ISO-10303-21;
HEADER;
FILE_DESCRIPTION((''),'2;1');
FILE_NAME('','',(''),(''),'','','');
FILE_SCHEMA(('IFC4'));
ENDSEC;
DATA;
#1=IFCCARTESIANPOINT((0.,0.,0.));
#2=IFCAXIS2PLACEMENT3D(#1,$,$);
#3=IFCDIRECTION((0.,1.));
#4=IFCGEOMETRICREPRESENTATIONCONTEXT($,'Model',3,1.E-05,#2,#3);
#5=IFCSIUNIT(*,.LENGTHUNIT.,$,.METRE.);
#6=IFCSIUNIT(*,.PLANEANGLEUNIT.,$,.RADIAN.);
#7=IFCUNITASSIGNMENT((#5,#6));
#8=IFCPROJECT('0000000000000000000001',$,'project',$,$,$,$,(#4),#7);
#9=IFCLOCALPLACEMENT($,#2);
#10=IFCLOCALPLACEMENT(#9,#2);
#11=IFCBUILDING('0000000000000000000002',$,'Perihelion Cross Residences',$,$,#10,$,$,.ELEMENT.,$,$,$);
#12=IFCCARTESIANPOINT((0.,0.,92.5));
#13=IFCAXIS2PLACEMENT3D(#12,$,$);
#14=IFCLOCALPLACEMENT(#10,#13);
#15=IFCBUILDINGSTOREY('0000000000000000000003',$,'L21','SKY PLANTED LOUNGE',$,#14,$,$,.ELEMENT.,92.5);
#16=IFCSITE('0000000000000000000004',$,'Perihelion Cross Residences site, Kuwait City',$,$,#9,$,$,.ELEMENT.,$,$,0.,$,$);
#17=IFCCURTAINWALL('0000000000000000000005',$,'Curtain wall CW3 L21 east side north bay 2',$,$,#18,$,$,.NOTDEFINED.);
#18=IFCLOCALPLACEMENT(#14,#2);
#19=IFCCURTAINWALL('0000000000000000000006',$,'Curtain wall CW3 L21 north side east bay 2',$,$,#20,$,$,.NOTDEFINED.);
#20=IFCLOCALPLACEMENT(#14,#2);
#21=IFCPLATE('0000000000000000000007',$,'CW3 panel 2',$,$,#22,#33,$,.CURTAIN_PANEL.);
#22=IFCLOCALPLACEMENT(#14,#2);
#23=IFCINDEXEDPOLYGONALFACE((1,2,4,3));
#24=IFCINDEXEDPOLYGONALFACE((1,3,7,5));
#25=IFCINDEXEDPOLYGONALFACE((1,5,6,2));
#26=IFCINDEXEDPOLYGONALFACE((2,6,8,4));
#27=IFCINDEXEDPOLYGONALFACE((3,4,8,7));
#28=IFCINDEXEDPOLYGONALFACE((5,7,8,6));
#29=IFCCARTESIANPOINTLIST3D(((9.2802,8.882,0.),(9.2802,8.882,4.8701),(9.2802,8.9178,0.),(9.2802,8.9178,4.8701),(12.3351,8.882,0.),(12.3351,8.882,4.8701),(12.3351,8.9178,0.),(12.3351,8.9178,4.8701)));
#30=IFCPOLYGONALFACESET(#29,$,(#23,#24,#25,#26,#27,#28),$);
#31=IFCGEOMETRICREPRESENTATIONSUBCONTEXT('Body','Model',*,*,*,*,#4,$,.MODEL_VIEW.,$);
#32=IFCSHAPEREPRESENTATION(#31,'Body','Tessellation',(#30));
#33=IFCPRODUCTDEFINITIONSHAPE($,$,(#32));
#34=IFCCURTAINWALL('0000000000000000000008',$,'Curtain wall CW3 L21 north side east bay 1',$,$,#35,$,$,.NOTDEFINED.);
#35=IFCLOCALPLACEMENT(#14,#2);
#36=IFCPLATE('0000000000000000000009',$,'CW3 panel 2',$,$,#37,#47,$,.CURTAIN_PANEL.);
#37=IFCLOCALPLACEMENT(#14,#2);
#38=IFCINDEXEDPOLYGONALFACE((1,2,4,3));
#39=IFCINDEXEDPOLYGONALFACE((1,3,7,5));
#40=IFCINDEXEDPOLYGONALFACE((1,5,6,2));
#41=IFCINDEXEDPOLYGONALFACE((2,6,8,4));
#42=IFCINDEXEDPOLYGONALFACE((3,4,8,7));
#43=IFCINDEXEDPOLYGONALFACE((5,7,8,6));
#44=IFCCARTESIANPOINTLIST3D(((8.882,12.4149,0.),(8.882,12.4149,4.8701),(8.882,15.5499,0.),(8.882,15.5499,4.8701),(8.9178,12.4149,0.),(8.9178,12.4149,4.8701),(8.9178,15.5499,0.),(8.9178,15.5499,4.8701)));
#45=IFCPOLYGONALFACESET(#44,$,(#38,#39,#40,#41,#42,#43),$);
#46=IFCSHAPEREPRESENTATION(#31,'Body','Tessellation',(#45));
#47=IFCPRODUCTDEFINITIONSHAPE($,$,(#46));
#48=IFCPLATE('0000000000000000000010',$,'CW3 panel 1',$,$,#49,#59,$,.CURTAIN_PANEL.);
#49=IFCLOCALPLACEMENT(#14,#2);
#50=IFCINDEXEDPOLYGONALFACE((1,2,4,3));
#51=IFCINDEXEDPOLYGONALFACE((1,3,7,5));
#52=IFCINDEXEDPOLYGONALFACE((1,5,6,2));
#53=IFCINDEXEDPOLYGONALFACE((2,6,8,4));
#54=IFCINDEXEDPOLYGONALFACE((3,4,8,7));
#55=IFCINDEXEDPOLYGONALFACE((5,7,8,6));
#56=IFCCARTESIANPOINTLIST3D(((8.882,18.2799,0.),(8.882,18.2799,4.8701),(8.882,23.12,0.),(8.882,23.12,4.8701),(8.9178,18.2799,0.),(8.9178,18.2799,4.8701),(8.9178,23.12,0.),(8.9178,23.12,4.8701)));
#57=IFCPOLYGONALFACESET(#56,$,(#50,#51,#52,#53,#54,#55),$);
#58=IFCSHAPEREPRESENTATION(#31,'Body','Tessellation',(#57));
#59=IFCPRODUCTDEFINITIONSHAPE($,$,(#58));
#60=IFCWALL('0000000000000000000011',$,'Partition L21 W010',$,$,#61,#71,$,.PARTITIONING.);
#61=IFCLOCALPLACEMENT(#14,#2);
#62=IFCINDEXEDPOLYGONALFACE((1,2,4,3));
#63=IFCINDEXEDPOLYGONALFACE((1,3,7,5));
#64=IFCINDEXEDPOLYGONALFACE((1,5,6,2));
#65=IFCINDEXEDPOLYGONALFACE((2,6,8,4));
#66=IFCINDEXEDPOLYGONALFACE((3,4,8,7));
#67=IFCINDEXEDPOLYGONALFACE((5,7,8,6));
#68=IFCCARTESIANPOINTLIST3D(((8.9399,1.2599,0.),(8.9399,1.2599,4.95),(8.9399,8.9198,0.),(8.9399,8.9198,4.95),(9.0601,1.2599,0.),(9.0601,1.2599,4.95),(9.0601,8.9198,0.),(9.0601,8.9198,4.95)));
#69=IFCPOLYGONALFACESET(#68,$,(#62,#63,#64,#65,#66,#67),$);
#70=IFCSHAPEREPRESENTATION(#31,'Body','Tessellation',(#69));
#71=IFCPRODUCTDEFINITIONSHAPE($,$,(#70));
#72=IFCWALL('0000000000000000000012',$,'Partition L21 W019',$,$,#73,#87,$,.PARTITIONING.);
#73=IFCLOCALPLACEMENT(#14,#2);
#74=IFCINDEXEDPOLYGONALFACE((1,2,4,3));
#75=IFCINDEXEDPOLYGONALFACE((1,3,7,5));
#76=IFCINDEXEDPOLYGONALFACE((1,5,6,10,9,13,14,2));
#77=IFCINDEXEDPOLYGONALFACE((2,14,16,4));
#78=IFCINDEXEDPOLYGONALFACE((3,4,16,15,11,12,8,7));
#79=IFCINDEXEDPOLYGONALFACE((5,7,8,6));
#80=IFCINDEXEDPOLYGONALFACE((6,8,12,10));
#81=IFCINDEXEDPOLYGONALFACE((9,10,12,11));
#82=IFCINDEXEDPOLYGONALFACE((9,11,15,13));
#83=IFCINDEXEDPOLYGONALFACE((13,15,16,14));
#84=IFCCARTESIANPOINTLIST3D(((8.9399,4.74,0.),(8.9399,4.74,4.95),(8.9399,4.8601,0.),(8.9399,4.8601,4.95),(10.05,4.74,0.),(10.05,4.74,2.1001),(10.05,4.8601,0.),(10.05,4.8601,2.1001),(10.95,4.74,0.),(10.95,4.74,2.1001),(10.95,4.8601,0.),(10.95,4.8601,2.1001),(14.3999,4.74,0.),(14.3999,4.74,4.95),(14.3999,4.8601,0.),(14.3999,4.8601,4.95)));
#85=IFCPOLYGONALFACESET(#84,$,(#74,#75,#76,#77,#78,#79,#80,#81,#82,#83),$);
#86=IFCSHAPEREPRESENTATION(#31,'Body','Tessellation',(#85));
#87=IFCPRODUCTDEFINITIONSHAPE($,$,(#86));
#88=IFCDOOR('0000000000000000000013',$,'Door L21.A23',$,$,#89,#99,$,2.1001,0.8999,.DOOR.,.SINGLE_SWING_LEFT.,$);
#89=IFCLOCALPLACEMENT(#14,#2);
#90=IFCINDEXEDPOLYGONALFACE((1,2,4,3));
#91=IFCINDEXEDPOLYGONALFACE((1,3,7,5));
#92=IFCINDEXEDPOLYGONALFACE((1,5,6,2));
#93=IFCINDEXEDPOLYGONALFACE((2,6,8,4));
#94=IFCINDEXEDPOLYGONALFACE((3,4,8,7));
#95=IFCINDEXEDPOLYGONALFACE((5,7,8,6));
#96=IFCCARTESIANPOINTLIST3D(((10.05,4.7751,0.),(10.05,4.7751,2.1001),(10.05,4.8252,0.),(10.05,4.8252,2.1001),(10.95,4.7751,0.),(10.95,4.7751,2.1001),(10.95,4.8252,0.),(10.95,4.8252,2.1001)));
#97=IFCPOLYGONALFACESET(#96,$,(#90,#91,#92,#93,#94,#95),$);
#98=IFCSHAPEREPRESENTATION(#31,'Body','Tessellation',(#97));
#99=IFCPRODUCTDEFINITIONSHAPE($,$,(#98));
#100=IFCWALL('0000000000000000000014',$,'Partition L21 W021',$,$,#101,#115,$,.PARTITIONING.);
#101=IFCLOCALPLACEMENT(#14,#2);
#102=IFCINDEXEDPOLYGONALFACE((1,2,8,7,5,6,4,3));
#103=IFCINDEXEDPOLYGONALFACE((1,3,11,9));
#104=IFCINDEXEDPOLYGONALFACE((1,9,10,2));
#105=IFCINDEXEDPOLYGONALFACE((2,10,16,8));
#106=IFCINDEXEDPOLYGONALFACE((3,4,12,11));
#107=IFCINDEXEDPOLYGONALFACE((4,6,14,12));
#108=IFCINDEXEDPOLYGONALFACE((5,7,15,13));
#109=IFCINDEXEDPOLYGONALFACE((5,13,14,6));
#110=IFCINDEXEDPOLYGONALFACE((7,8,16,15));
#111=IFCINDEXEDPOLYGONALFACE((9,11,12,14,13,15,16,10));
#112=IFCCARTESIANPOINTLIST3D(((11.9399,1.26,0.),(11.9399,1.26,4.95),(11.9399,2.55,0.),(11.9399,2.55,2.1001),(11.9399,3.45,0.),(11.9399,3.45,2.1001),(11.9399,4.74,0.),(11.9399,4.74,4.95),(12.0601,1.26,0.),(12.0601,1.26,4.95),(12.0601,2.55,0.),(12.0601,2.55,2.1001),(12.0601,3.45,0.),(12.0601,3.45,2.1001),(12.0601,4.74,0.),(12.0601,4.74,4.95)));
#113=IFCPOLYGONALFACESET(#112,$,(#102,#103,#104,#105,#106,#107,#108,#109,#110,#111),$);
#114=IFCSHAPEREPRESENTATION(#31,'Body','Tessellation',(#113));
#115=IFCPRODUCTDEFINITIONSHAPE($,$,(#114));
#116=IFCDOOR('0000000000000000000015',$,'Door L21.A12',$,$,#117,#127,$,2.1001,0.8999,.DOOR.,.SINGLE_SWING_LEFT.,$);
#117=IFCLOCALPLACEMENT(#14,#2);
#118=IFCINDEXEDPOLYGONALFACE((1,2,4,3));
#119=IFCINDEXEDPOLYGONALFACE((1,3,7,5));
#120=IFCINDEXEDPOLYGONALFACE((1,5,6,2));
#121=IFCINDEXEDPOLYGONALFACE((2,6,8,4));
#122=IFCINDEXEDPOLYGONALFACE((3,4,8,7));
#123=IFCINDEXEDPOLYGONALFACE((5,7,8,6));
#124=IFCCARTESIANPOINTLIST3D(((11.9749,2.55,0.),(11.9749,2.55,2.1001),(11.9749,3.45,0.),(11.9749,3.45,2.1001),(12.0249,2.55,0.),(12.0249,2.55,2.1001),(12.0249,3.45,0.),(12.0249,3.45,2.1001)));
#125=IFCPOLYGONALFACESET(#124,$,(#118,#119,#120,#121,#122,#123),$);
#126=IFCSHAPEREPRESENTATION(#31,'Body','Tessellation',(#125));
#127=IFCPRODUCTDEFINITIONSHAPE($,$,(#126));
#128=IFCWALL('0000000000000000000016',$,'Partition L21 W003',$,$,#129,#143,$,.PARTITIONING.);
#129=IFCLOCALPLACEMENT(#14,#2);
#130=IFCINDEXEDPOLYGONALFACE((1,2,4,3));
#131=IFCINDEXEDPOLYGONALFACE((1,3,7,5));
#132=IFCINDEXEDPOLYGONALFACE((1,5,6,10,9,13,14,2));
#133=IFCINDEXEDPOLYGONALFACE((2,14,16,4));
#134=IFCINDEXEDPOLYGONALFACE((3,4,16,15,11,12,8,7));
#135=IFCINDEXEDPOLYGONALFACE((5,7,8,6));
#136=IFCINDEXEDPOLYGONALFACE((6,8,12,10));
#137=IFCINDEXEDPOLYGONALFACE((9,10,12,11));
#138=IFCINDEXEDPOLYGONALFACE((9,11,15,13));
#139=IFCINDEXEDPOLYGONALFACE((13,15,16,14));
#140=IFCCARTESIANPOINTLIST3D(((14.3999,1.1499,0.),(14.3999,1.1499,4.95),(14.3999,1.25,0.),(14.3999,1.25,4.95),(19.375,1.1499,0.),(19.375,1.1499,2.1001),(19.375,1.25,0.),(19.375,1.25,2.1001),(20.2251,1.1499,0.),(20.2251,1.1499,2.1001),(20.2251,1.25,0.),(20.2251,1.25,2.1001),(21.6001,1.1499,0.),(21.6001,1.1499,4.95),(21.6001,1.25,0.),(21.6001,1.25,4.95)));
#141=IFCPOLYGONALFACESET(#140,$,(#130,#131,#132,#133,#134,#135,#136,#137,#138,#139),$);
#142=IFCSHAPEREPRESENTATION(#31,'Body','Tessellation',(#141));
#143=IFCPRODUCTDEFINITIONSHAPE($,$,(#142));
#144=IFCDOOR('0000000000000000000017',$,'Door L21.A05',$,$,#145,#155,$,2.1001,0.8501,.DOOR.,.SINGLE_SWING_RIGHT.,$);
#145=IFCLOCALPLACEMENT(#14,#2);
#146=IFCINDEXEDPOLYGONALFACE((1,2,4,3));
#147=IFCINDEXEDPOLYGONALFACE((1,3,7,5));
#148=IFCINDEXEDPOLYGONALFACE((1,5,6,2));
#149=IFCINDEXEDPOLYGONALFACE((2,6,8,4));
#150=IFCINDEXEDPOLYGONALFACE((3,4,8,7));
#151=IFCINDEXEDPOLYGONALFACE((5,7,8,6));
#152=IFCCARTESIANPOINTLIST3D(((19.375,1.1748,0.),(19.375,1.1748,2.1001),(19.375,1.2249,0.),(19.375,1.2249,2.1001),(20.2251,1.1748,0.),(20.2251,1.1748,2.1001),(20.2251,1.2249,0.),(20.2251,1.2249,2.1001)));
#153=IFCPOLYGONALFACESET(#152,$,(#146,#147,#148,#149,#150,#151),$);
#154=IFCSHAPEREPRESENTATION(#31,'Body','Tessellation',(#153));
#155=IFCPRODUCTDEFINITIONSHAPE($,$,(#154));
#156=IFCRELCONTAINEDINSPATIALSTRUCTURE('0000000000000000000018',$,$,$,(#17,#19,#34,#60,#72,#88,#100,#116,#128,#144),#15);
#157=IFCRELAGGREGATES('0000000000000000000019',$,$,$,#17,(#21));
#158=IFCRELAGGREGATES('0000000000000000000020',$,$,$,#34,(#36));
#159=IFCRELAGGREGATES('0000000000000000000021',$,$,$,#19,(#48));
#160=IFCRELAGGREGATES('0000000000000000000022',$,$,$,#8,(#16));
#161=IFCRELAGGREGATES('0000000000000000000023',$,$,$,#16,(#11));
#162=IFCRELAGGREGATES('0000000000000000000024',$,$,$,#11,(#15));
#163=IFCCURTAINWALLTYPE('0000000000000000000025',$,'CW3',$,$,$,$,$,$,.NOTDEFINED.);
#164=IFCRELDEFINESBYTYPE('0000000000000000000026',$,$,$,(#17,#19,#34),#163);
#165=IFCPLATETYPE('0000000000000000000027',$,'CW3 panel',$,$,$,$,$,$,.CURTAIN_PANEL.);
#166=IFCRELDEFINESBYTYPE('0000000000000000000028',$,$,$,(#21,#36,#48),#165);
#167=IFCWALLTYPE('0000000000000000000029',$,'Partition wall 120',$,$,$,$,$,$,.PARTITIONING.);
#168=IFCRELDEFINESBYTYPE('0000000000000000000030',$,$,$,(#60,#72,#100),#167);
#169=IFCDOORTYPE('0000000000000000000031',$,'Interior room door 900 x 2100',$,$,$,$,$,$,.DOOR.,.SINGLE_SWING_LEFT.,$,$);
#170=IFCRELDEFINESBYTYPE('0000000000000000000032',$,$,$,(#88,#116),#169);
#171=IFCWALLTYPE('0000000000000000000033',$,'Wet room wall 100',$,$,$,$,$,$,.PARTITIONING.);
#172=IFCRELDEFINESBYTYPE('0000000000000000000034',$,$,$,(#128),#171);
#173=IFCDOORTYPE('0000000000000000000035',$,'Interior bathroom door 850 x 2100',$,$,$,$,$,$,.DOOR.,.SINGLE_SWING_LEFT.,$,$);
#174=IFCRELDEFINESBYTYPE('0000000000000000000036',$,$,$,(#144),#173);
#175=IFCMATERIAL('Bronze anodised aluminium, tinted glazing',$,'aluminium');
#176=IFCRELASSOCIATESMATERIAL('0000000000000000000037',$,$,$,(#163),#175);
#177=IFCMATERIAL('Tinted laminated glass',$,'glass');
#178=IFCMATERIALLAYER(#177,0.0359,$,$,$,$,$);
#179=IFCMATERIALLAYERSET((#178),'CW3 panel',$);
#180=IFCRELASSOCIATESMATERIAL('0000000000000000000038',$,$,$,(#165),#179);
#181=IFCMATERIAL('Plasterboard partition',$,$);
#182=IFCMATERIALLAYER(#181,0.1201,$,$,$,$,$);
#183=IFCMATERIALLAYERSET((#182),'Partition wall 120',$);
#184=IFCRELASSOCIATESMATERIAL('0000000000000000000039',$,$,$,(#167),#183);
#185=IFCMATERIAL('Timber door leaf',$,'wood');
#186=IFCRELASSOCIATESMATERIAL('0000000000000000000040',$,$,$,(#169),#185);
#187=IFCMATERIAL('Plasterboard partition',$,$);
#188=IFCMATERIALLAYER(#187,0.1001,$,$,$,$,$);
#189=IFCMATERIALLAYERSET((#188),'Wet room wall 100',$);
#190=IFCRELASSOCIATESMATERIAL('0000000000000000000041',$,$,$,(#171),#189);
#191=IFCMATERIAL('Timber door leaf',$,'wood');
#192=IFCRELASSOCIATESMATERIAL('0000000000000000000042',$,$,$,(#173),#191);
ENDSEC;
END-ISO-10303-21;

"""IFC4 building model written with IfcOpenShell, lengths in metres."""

from ifc_helpers import new_model, si_unit, direction, frame, frame_2d, origin, origin_2d, place, context, subcontext, project, spatial, rectangle, extrude, material, layer, layer_set, type_object, element, fill, aggregate, save


model = new_model("IFC4")

# Units and contexts
model_context = context("Model", 3, precision=1e-05, world=origin(), true_north=direction((0.0, 1.0)))
body_context = subcontext(model_context, "Body", "Model", "MODEL_VIEW")
ifc_project = project(units=[si_unit("LENGTHUNIT", "METRE"), si_unit("PLANEANGLEUNIT", "RADIAN")], contexts=[model_context])

# Site, building, storey
site_placement = place(None, origin())
site = spatial("IfcSite", under=ifc_project, at=site_placement, Name="Perihelion Cross Residences site, Kuwait City", CompositionType="ELEMENT", RefElevation=0.0)
building_placement = place(site_placement, origin())
building = spatial("IfcBuilding", under=site, at=building_placement, Name="Perihelion Cross Residences", CompositionType="ELEMENT")
storey_placement = place(building_placement, frame((0.0, 0.0, 92.5)))
storey = spatial("IfcBuildingStorey", under=building, at=storey_placement, Name="L21", Description="SKY PLANTED LOUNGE", CompositionType="ELEMENT", Elevation=92.5)

# Shared definitions
ifc_material_1 = material(Name="Bronze anodised aluminium, tinted glazing", Category="aluminium")
curtain_wall_type = type_object("IfcCurtainWallType", Name="CW3", PredefinedType="NOTDEFINED", material=ifc_material_1)

# Curtain walls
curtain_wall_1_placement = place(storey_placement, origin())
curtain_wall_1 = element("IfcCurtainWall", 1, at=curtain_wall_1_placement, inside=storey, type_object=curtain_wall_type, Name="Curtain wall CW3 L21 east side north bay 2", PredefinedType="NOTDEFINED")
curtain_wall_2_placement = place(storey_placement, origin())
curtain_wall_2 = element("IfcCurtainWall", 2, at=curtain_wall_2_placement, inside=storey, type_object=curtain_wall_type, Name="Curtain wall CW3 L21 north side east bay 2", PredefinedType="NOTDEFINED")

# Plate
ifc_material_2 = material(Name="Tinted laminated glass", Category="glass")
ifc_layer_1 = layer(ifc_material_2, 0.0359)
ifc_layer_set_1 = layer_set([ifc_layer_1], Name="CW3 panel")
plate_type = type_object("IfcPlateType", Name="CW3 panel", PredefinedType="CURTAIN_PANEL", material=ifc_layer_set_1)
plate_1_placement = place(storey_placement, frame((10.8076, 8.8999, 0.0), z_axis=(0.0, 0.0, 1.0), x_axis=(-1.0, 0.0, 0.0)))
plate_1 = element("IfcPlate", 3, at=plate_1_placement, type_object=plate_type, Name="CW3 panel 2", PredefinedType="CURTAIN_PANEL", context=body_context, shape_type="SweptSolid", body=[
    extrude(rectangle(XDim=3.0549, YDim=0.0359, at=origin_2d()), origin(), (0.0, 0.0, 1.0), 4.8701),
])
aggregate(curtain_wall_1, [plate_1])

# Curtain wall, plate
curtain_wall_3_placement = place(storey_placement, origin())
curtain_wall_3 = element("IfcCurtainWall", 4, at=curtain_wall_3_placement, inside=storey, type_object=curtain_wall_type, Name="Curtain wall CW3 L21 north side east bay 1", PredefinedType="NOTDEFINED")
plate_2_placement = place(storey_placement, frame((8.8999, 13.9824, 0.0), z_axis=(0.0, 0.0, 1.0), x_axis=(0.0, 1.0, 0.0)))
plate_2 = element("IfcPlate", 5, at=plate_2_placement, type_object=plate_type, Name="CW3 panel 2", PredefinedType="CURTAIN_PANEL", context=body_context, shape_type="SweptSolid", body=[
    extrude(rectangle(XDim=3.135, YDim=0.0359, at=origin_2d()), origin(), (0.0, 0.0, 1.0), 4.8701),
])
aggregate(curtain_wall_3, [plate_2])

# Plate
plate_3_placement = place(storey_placement, frame((8.8999, 20.7, 0.0), z_axis=(0.0, 0.0, 1.0), x_axis=(0.0, 1.0, 0.0)))
plate_3 = element("IfcPlate", 6, at=plate_3_placement, type_object=plate_type, Name="CW3 panel 1", PredefinedType="CURTAIN_PANEL", context=body_context, shape_type="SweptSolid", body=[
    extrude(rectangle(XDim=4.8401, YDim=0.0359, at=origin_2d()), origin(), (0.0, 0.0, 1.0), 4.8701),
])
aggregate(curtain_wall_2, [plate_3])

# Wall
ifc_material_3 = material(Name="Plasterboard partition")
ifc_layer_2 = layer(ifc_material_3, 0.1201)
ifc_layer_set_2 = layer_set([ifc_layer_2], Name="Partition wall 120")
wall_type_1 = type_object("IfcWallType", Name="Partition wall 120", PredefinedType="PARTITIONING", material=ifc_layer_set_2)
wall_1_placement = place(storey_placement, frame((9.0, 8.9199, 0.0), z_axis=(0.0, 0.0, 1.0), x_axis=(0.0, -1.0, 0.0)))
element("IfcWall", 7, at=wall_1_placement, inside=storey, type_object=wall_type_1, Name="Partition L21 W010", PredefinedType="PARTITIONING", context=body_context, shape_type="SweptSolid", body=[
    extrude(rectangle(XDim=7.6599, YDim=0.1201, at=frame_2d((3.8301, 0.0))), origin(), (0.0, 0.0, 1.0), 4.95),
])

# Walls, openings, doors
wall_2_placement = place(storey_placement, frame((14.3999, 4.8, 0.0), z_axis=(0.0, 0.0, 1.0), x_axis=(-1.0, 0.0, 0.0)))
wall_2 = element("IfcWall", 8, at=wall_2_placement, inside=storey, type_object=wall_type_1, Name="Partition L21 W019", PredefinedType="PARTITIONING", context=body_context, shape_type="SweptSolid", body=[
    extrude(rectangle(XDim=5.46, YDim=0.1201, at=frame_2d((2.73, 0.0))), origin(), (0.0, 0.0, 1.0), 4.95),
])
opening_1_placement = place(wall_2_placement, frame((3.45, 0.0, 0.0)))
opening_1 = element("IfcOpeningElement", 9, at=opening_1_placement, cuts=wall_2, PredefinedType="OPENING", context=body_context, shape_type="SweptSolid", body=[
    extrude(rectangle(XDim=0.8999, YDim=2.1001, at=frame_2d((0.45, 1.05))), frame((0.0, 0.0701, 0.0), z_axis=(0.0, -1.0, 0.0), x_axis=(1.0, 0.0, 0.0)), (0.0, 0.0, 1.0), 0.1401),
])
ifc_material_4 = material(Name="Timber door leaf", Category="wood")
door_type_1 = type_object("IfcDoorType", Name="Interior room door 900 x 2100", OperationType="SINGLE_SWING_LEFT", PredefinedType="DOOR", material=ifc_material_4)
door_1_placement = place(opening_1_placement, origin())
door_1 = element("IfcDoor", 10, at=door_1_placement, inside=storey, type_object=door_type_1, Name="Door L21.A23", OperationType="SINGLE_SWING_LEFT", OverallHeight=2.1001, OverallWidth=0.8999, PredefinedType="DOOR", context=body_context, shape_type="SweptSolid", body=[
    extrude(rectangle(XDim=0.8999, YDim=2.1001, at=frame_2d((0.45, 1.05))), frame((0.0, 0.0249, 0.0), z_axis=(0.0, -1.0, 0.0), x_axis=(1.0, 0.0, 0.0)), (0.0, 0.0, 1.0), 0.05),
])
fill(opening_1, door_1)
wall_3_placement = place(storey_placement, frame((12.0, 4.74, 0.0), z_axis=(0.0, 0.0, 1.0), x_axis=(0.0, -1.0, 0.0)))
wall_3 = element("IfcWall", 11, at=wall_3_placement, inside=storey, type_object=wall_type_1, Name="Partition L21 W021", PredefinedType="PARTITIONING", context=body_context, shape_type="SweptSolid", body=[
    extrude(rectangle(XDim=3.48, YDim=0.1201, at=frame_2d((1.74, 0.0))), origin(), (0.0, 0.0, 1.0), 4.95),
])
opening_2_placement = place(wall_3_placement, frame((1.29, 0.0, 0.0)))
opening_2 = element("IfcOpeningElement", 12, at=opening_2_placement, cuts=wall_3, PredefinedType="OPENING", context=body_context, shape_type="SweptSolid", body=[
    extrude(rectangle(XDim=0.8999, YDim=2.1001, at=frame_2d((0.45, 1.05))), frame((0.0, 0.0701, 0.0), z_axis=(0.0, -1.0, 0.0), x_axis=(1.0, 0.0, 0.0)), (0.0, 0.0, 1.0), 0.1401),
])
door_2_placement = place(opening_2_placement, origin())
door_2 = element("IfcDoor", 13, at=door_2_placement, inside=storey, type_object=door_type_1, Name="Door L21.A12", OperationType="SINGLE_SWING_LEFT", OverallHeight=2.1001, OverallWidth=0.8999, PredefinedType="DOOR", context=body_context, shape_type="SweptSolid", body=[
    extrude(rectangle(XDim=0.8999, YDim=2.1001, at=frame_2d((0.45, 1.05))), frame((0.0, 0.0249, 0.0), z_axis=(0.0, -1.0, 0.0), x_axis=(1.0, 0.0, 0.0)), (0.0, 0.0, 1.0), 0.05),
])
fill(opening_2, door_2)
ifc_material_5 = material(Name="Plasterboard partition")
ifc_layer_3 = layer(ifc_material_5, 0.1001)
ifc_layer_set_3 = layer_set([ifc_layer_3], Name="Wet room wall 100")
wall_type_2 = type_object("IfcWallType", Name="Wet room wall 100", PredefinedType="PARTITIONING", material=ifc_layer_set_3)
wall_4_placement = place(storey_placement, frame((14.3999, 1.2, 0.0), z_axis=(0.0, 0.0, 1.0), x_axis=(1.0, 0.0, 0.0)))
wall_4 = element("IfcWall", 14, at=wall_4_placement, inside=storey, type_object=wall_type_2, Name="Partition L21 W003", PredefinedType="PARTITIONING", context=body_context, shape_type="SweptSolid", body=[
    extrude(rectangle(XDim=7.2002, YDim=0.1001, at=frame_2d((3.6001, 0.0))), origin(), (0.0, 0.0, 1.0), 4.95),
])
opening_3_placement = place(wall_4_placement, frame((4.9751, 0.0, 0.0)))
opening_3 = element("IfcOpeningElement", 15, at=opening_3_placement, cuts=wall_4, PredefinedType="OPENING", context=body_context, shape_type="SweptSolid", body=[
    extrude(rectangle(XDim=0.8501, YDim=2.1001, at=frame_2d((0.425, 1.05))), frame((0.0, 0.0601, 0.0), z_axis=(0.0, -1.0, 0.0), x_axis=(1.0, 0.0, 0.0)), (0.0, 0.0, 1.0), 0.1201),
])
ifc_material_6 = material(Name="Timber door leaf", Category="wood")
door_type_2 = type_object("IfcDoorType", Name="Interior bathroom door 850 x 2100", OperationType="SINGLE_SWING_LEFT", PredefinedType="DOOR", material=ifc_material_6)
door_3_placement = place(opening_3_placement, origin())
door_3 = element("IfcDoor", 16, at=door_3_placement, inside=storey, type_object=door_type_2, Name="Door L21.A05", OperationType="SINGLE_SWING_RIGHT", OverallHeight=2.1001, OverallWidth=0.8501, PredefinedType="DOOR", context=body_context, shape_type="SweptSolid", body=[
    extrude(rectangle(XDim=0.8501, YDim=2.1001, at=frame_2d((0.425, 1.05))), frame((0.0, 0.0249, 0.0), z_axis=(0.0, -1.0, 0.0), x_axis=(1.0, 0.0, 0.0)), (0.0, 0.0, 1.0), 0.05),
])
fill(opening_3, door_3)

save(model, "model.ifc")
